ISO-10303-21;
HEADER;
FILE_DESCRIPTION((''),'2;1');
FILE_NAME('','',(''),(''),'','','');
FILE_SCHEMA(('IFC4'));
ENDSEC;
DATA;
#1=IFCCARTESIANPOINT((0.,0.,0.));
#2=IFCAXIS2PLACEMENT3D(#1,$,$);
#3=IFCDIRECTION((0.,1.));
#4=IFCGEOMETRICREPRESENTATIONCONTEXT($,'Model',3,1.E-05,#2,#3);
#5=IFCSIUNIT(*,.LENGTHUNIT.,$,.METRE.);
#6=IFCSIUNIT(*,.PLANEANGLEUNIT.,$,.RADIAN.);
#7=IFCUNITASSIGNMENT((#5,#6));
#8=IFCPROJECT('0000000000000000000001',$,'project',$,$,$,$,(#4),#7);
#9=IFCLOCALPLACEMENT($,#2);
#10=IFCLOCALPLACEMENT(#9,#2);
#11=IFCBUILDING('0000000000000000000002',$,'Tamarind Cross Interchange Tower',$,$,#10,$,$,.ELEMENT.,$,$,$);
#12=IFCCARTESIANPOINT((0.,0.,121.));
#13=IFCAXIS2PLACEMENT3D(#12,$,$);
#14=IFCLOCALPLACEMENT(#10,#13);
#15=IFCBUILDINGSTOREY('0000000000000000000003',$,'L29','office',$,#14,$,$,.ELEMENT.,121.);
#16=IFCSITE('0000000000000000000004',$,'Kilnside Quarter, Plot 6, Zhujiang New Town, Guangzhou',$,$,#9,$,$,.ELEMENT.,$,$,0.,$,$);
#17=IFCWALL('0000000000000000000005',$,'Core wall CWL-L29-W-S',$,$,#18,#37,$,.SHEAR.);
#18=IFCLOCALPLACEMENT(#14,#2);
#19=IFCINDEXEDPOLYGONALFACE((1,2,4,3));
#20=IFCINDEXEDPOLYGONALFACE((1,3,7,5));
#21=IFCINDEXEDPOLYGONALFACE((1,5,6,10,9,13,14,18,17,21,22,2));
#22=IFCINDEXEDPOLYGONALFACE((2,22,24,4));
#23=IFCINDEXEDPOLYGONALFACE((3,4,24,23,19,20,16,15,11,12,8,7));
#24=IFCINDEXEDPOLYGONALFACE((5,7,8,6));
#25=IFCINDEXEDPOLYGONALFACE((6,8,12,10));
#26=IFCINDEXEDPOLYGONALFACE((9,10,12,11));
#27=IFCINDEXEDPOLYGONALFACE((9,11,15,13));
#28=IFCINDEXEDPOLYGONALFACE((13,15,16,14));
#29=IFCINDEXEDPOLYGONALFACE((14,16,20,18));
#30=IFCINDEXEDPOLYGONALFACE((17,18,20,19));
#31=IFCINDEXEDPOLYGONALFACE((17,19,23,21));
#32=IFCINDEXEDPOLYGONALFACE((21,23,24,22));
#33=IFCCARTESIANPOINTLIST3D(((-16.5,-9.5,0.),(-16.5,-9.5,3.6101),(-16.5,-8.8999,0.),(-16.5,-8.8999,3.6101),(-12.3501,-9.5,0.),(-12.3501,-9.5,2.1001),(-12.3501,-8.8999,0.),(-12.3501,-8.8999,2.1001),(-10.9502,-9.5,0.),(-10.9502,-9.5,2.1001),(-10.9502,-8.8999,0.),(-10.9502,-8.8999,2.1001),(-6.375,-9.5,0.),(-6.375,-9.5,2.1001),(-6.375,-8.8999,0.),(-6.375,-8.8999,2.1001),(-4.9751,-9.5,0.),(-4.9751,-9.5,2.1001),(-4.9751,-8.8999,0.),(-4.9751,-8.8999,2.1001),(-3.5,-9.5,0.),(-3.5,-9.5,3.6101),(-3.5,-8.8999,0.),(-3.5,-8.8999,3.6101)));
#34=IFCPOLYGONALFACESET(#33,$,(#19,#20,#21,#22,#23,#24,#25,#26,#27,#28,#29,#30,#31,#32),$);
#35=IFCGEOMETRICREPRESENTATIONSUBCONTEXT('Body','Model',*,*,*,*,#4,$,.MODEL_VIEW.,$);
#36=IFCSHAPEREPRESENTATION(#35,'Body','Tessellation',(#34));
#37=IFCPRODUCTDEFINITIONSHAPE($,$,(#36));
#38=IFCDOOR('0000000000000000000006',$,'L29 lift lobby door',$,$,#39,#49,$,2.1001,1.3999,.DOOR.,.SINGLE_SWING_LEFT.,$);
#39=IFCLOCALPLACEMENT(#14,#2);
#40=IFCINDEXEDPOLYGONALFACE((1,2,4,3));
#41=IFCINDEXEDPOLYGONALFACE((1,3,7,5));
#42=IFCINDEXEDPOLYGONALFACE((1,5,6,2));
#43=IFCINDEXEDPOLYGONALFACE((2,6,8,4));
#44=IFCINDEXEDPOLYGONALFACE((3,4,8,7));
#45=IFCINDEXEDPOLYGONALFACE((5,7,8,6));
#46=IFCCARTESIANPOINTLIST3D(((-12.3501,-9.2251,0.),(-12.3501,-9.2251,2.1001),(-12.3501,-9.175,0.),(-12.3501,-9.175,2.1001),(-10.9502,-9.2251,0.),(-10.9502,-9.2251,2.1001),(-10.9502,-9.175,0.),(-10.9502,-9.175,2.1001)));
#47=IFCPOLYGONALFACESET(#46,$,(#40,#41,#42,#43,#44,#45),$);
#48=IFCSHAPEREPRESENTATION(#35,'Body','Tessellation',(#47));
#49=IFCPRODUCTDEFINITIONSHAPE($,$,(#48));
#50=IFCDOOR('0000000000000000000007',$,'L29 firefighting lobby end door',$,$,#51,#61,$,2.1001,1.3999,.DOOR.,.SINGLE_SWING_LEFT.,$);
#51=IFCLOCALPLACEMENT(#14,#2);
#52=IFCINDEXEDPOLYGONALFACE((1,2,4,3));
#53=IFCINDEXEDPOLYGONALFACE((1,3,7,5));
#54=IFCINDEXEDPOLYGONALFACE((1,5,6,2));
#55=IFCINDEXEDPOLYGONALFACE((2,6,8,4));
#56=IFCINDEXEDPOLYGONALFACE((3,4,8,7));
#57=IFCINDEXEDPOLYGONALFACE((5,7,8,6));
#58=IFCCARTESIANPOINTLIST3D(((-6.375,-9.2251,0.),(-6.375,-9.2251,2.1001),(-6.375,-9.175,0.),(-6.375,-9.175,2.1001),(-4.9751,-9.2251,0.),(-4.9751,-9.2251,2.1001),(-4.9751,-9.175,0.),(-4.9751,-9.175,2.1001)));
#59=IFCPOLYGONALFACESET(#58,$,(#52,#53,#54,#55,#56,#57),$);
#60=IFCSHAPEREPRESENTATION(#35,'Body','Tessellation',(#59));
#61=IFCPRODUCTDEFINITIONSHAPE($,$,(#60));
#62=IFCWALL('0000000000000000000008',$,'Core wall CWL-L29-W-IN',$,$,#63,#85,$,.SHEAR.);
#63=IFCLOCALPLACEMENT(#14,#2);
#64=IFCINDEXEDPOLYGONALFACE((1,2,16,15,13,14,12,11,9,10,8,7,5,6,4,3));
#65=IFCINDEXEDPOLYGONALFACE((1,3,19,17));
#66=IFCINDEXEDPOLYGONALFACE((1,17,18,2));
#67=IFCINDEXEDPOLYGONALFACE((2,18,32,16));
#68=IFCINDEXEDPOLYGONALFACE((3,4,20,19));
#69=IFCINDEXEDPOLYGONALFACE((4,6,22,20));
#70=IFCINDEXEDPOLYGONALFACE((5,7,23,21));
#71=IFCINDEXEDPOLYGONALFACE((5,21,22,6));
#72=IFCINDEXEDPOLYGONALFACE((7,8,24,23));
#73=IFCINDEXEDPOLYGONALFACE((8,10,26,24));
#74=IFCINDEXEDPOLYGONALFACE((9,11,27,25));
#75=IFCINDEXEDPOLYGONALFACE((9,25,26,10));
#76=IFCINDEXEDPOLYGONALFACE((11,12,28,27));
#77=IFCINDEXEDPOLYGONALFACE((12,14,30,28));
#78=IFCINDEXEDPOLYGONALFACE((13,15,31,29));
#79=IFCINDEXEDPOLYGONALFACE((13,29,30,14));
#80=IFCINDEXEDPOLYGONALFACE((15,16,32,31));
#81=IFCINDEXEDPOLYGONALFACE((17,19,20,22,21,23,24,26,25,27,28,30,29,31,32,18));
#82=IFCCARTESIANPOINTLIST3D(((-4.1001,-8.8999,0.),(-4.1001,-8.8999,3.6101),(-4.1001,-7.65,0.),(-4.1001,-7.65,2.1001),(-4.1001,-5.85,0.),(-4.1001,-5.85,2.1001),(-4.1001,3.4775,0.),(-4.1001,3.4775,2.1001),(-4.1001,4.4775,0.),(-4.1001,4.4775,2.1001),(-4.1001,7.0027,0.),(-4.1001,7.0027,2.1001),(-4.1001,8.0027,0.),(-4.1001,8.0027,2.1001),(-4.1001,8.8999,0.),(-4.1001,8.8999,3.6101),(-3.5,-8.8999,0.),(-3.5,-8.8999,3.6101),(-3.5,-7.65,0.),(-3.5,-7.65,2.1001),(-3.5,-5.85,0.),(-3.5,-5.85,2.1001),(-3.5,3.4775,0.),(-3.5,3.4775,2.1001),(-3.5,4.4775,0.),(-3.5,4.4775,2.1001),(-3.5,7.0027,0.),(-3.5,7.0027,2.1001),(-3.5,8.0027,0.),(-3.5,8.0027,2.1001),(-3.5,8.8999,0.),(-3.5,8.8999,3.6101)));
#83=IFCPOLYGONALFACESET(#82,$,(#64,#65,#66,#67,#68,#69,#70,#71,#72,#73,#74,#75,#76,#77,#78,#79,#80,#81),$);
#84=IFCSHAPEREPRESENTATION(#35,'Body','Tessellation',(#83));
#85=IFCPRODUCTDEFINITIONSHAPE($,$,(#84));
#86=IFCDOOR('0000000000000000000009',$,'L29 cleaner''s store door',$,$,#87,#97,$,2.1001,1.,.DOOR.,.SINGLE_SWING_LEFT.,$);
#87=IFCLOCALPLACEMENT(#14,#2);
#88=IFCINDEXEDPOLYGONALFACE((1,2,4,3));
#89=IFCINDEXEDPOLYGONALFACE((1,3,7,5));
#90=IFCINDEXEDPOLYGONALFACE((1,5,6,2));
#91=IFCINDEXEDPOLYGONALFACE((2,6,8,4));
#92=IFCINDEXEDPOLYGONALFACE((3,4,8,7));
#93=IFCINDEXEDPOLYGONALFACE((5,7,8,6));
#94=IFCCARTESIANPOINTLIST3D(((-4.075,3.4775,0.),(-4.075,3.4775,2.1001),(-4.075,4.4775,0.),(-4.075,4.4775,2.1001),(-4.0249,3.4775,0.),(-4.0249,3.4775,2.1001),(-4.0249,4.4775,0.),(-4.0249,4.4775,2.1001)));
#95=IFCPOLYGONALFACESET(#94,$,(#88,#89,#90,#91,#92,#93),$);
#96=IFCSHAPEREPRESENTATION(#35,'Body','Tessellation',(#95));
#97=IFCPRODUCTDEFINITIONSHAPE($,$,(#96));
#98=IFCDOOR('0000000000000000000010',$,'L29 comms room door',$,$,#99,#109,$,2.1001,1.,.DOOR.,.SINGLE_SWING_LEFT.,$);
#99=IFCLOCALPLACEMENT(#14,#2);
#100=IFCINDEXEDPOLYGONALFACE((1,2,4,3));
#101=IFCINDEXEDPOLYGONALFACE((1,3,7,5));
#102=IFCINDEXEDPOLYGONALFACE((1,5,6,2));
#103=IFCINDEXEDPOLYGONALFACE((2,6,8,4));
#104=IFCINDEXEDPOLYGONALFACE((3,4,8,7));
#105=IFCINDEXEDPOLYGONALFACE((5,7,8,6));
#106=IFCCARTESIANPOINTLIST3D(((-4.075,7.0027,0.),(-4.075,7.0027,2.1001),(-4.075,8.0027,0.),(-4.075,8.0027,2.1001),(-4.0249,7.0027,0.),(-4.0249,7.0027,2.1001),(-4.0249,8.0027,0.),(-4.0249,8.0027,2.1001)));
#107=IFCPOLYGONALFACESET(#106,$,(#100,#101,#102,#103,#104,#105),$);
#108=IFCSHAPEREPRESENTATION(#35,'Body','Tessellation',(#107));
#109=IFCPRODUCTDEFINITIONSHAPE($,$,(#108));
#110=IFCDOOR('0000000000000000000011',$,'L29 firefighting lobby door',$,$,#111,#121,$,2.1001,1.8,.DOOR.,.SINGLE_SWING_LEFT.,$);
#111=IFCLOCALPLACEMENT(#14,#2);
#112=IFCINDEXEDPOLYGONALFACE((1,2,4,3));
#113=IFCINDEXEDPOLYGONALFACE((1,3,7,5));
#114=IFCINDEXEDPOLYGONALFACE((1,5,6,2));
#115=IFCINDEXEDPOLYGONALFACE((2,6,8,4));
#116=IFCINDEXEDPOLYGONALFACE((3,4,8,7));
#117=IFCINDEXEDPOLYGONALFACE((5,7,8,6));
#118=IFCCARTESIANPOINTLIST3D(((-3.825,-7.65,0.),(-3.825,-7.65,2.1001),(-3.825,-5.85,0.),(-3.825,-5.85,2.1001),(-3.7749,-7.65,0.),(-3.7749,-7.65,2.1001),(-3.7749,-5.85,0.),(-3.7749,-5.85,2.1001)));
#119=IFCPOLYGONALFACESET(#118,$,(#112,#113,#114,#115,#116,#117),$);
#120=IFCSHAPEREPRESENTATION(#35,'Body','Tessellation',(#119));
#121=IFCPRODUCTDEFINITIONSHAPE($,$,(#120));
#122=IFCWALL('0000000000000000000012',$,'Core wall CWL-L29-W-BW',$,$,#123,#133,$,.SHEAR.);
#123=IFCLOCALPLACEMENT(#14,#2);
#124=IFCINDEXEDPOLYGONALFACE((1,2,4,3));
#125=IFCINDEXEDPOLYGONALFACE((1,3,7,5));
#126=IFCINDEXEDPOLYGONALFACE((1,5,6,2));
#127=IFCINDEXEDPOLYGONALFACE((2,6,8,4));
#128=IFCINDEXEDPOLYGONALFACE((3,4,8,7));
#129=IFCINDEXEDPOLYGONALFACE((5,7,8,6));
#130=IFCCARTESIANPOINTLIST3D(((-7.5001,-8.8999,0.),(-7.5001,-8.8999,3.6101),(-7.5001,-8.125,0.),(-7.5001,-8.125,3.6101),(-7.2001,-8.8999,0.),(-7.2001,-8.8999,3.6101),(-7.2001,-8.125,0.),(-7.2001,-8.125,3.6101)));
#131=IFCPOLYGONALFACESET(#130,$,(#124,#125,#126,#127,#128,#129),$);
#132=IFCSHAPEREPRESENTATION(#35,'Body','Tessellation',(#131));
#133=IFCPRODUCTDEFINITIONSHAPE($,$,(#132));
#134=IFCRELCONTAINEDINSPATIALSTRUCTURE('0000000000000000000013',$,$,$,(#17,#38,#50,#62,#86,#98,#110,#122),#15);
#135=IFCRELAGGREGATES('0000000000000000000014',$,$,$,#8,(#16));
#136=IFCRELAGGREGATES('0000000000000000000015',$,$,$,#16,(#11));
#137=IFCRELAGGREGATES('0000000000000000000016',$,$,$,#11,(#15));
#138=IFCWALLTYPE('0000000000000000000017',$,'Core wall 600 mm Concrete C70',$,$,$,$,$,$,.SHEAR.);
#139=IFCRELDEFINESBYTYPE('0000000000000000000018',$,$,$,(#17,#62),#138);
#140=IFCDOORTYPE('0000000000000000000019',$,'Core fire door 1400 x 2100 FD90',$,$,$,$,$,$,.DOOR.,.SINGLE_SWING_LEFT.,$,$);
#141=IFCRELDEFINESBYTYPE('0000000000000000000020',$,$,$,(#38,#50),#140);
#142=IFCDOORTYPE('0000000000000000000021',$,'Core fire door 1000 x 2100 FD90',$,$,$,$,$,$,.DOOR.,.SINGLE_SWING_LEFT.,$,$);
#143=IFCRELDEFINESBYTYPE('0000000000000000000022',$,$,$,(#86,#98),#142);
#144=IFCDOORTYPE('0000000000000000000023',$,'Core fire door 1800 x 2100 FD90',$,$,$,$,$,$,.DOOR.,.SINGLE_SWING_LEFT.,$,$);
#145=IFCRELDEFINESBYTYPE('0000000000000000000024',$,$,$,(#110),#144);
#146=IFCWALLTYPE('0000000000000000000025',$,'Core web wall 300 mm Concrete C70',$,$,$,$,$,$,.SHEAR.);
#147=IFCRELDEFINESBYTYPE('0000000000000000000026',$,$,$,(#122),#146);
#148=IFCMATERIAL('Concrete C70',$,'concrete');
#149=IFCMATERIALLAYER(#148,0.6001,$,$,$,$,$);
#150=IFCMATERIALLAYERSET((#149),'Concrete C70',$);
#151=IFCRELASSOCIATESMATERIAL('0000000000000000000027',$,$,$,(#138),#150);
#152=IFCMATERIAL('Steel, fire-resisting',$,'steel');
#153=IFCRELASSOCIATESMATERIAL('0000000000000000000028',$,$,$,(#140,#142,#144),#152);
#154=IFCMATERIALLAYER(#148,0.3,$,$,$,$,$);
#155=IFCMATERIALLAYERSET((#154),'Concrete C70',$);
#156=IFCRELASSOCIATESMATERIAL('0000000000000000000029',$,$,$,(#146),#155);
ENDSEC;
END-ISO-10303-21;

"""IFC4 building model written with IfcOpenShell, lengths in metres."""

from ifc_helpers import new_model, si_unit, direction, frame, frame_2d, origin, place, context, subcontext, project, spatial, rectangle, extrude, material, layer, layer_set, type_object, element, fill, save


model = new_model("IFC4")

# Units and contexts
model_context = context("Model", 3, precision=1e-05, world=origin(), true_north=direction((0.0, 1.0)))
body_context = subcontext(model_context, "Body", "Model", "MODEL_VIEW")
ifc_project = project(units=[si_unit("LENGTHUNIT", "METRE"), si_unit("PLANEANGLEUNIT", "RADIAN")], contexts=[model_context])

# Site, building, storey
site_placement = place(None, origin())
site = spatial("IfcSite", under=ifc_project, at=site_placement, Name="Kilnside Quarter, Plot 6, Zhujiang New Town, Guangzhou", CompositionType="ELEMENT", RefElevation=0.0)
building_placement = place(site_placement, origin())
building = spatial("IfcBuilding", under=site, at=building_placement, Name="Tamarind Cross Interchange Tower", CompositionType="ELEMENT")
storey_placement = place(building_placement, frame((0.0, 0.0, 121.0)))
storey = spatial("IfcBuildingStorey", under=building, at=storey_placement, Name="L29", Description="office", CompositionType="ELEMENT", Elevation=121.0)

# Walls, openings, doors
ifc_material_1 = material(Name="Concrete C70", Category="concrete")
ifc_layer_1 = layer(ifc_material_1, 0.6001)
ifc_layer_set_1 = layer_set([ifc_layer_1], Name="Concrete C70")
wall_type_1 = type_object("IfcWallType", Name="Core wall 600 mm Concrete C70", PredefinedType="SHEAR", material=ifc_layer_set_1)
wall_1_placement = place(storey_placement, frame((-16.5, -9.2, 0.0), z_axis=(0.0, 0.0, 1.0), x_axis=(1.0, 0.0, 0.0)))
wall_1 = element("IfcWall", 1, at=wall_1_placement, inside=storey, type_object=wall_type_1, Name="Core wall CWL-L29-W-S", PredefinedType="SHEAR", context=body_context, shape_type="SweptSolid", body=[
    extrude(rectangle(XDim=13.0, YDim=0.6001, at=frame_2d((6.5, 0.0))), origin(), (0.0, 0.0, 1.0), 3.6101),
])
opening_1_placement = place(wall_1_placement, frame((4.1499, 0.0, 0.0)))
opening_1 = element("IfcOpeningElement", 2, at=opening_1_placement, cuts=wall_1, PredefinedType="OPENING", context=body_context, shape_type="SweptSolid", body=[
    extrude(rectangle(XDim=1.3999, YDim=2.1001, at=frame_2d((0.7, 1.05))), frame((0.0, 0.3101, 0.0), z_axis=(0.0, -1.0, 0.0), x_axis=(1.0, 0.0, 0.0)), (0.0, 0.0, 1.0), 0.6201),
])
opening_2_placement = place(wall_1_placement, frame((10.125, 0.0, 0.0)))
opening_2 = element("IfcOpeningElement", 3, at=opening_2_placement, cuts=wall_1, PredefinedType="OPENING", context=body_context, shape_type="SweptSolid", body=[
    extrude(rectangle(XDim=1.3999, YDim=2.1001, at=frame_2d((0.7, 1.05))), frame((0.0, 0.3101, 0.0), z_axis=(0.0, -1.0, 0.0), x_axis=(1.0, 0.0, 0.0)), (0.0, 0.0, 1.0), 0.6201),
])
ifc_material_2 = material(Name="Steel, fire-resisting", Category="steel")
door_type_1 = type_object("IfcDoorType", Name="Core fire door 1400 x 2100 FD90", OperationType="SINGLE_SWING_LEFT", PredefinedType="DOOR", material=ifc_material_2)
door_1_placement = place(opening_1_placement, origin())
door_1 = element("IfcDoor", 4, at=door_1_placement, inside=storey, type_object=door_type_1, Name="L29 lift lobby door", OperationType="SINGLE_SWING_LEFT", OverallHeight=2.1001, OverallWidth=1.3999, PredefinedType="DOOR", context=body_context, shape_type="SweptSolid", body=[
    extrude(rectangle(XDim=1.3999, YDim=2.1001, at=frame_2d((0.7, 1.05))), frame((0.0, 0.0249, 0.0), z_axis=(0.0, -1.0, 0.0), x_axis=(1.0, 0.0, 0.0)), (0.0, 0.0, 1.0), 0.05),
])
fill(opening_1, door_1)
door_2_placement = place(opening_2_placement, origin())
door_2 = element("IfcDoor", 5, at=door_2_placement, inside=storey, type_object=door_type_1, Name="L29 firefighting lobby end door", OperationType="SINGLE_SWING_LEFT", OverallHeight=2.1001, OverallWidth=1.3999, PredefinedType="DOOR", context=body_context, shape_type="SweptSolid", body=[
    extrude(rectangle(XDim=1.3999, YDim=2.1001, at=frame_2d((0.7, 1.05))), frame((0.0, 0.0249, 0.0), z_axis=(0.0, -1.0, 0.0), x_axis=(1.0, 0.0, 0.0)), (0.0, 0.0, 1.0), 0.05),
])
fill(opening_2, door_2)
wall_2_placement = place(storey_placement, frame((-3.8, -8.8999, 0.0), z_axis=(0.0, 0.0, 1.0), x_axis=(0.0, 1.0, 0.0)))
wall_2 = element("IfcWall", 6, at=wall_2_placement, inside=storey, type_object=wall_type_1, Name="Core wall CWL-L29-W-IN", PredefinedType="SHEAR", context=body_context, shape_type="SweptSolid", body=[
    extrude(rectangle(XDim=17.7998, YDim=0.6001, at=frame_2d((8.8999, 0.0))), origin(), (0.0, 0.0, 1.0), 3.6101),
])
opening_3_placement = place(wall_2_placement, frame((1.25, 0.0, 0.0)))
opening_3 = element("IfcOpeningElement", 7, at=opening_3_placement, cuts=wall_2, PredefinedType="OPENING", context=body_context, shape_type="SweptSolid", body=[
    extrude(rectangle(XDim=1.8, YDim=2.1001, at=frame_2d((0.8999, 1.05))), frame((0.0, 0.3101, 0.0), z_axis=(0.0, -1.0, 0.0), x_axis=(1.0, 0.0, 0.0)), (0.0, 0.0, 1.0), 0.6201),
])
opening_4_placement = place(wall_2_placement, frame((12.3774, 0.0, 0.0)))
opening_4 = element("IfcOpeningElement", 8, at=opening_4_placement, cuts=wall_2, PredefinedType="OPENING", context=body_context, shape_type="SweptSolid", body=[
    extrude(rectangle(XDim=1.0, YDim=2.1001, at=frame_2d((0.5, 1.05))), frame((0.0, 0.3101, 0.0), z_axis=(0.0, -1.0, 0.0), x_axis=(1.0, 0.0, 0.0)), (0.0, 0.0, 1.0), 0.6201),
])
opening_5_placement = place(wall_2_placement, frame((15.9026, 0.0, 0.0)))
opening_5 = element("IfcOpeningElement", 9, at=opening_5_placement, cuts=wall_2, PredefinedType="OPENING", context=body_context, shape_type="SweptSolid", body=[
    extrude(rectangle(XDim=1.0, YDim=2.1001, at=frame_2d((0.5, 1.05))), frame((0.0, 0.3101, 0.0), z_axis=(0.0, -1.0, 0.0), x_axis=(1.0, 0.0, 0.0)), (0.0, 0.0, 1.0), 0.6201),
])
door_type_2 = type_object("IfcDoorType", Name="Core fire door 1000 x 2100 FD90", OperationType="SINGLE_SWING_LEFT", PredefinedType="DOOR", material=ifc_material_2)
door_3_placement = place(opening_4_placement, origin())
door_3 = element("IfcDoor", 10, at=door_3_placement, inside=storey, type_object=door_type_2, Name="L29 cleaner's store door", OperationType="SINGLE_SWING_LEFT", OverallHeight=2.1001, OverallWidth=1.0, PredefinedType="DOOR", context=body_context, shape_type="SweptSolid", body=[
    extrude(rectangle(XDim=1.0, YDim=2.1001, at=frame_2d((0.5, 1.05))), frame((0.0, 0.2749, 0.0), z_axis=(0.0, -1.0, 0.0), x_axis=(1.0, 0.0, 0.0)), (0.0, 0.0, 1.0), 0.05),
])
fill(opening_4, door_3)
door_4_placement = place(opening_5_placement, origin())
door_4 = element("IfcDoor", 11, at=door_4_placement, inside=storey, type_object=door_type_2, Name="L29 comms room door", OperationType="SINGLE_SWING_LEFT", OverallHeight=2.1001, OverallWidth=1.0, PredefinedType="DOOR", context=body_context, shape_type="SweptSolid", body=[
    extrude(rectangle(XDim=1.0, YDim=2.1001, at=frame_2d((0.5, 1.05))), frame((0.0, 0.2749, 0.0), z_axis=(0.0, -1.0, 0.0), x_axis=(1.0, 0.0, 0.0)), (0.0, 0.0, 1.0), 0.05),
])
fill(opening_5, door_4)
door_type_3 = type_object("IfcDoorType", Name="Core fire door 1800 x 2100 FD90", OperationType="SINGLE_SWING_LEFT", PredefinedType="DOOR", material=ifc_material_2)
door_5_placement = place(opening_3_placement, origin())
door_5 = element("IfcDoor", 12, at=door_5_placement, inside=storey, type_object=door_type_3, Name="L29 firefighting lobby door", OperationType="SINGLE_SWING_LEFT", OverallHeight=2.1001, OverallWidth=1.8, PredefinedType="DOOR", context=body_context, shape_type="SweptSolid", body=[
    extrude(rectangle(XDim=1.8, YDim=2.1001, at=frame_2d((0.8999, 1.05))), frame((0.0, 0.0249, 0.0), z_axis=(0.0, -1.0, 0.0), x_axis=(1.0, 0.0, 0.0)), (0.0, 0.0, 1.0), 0.05),
])
fill(opening_3, door_5)

# Wall
ifc_layer_2 = layer(ifc_material_1, 0.3)
ifc_layer_set_2 = layer_set([ifc_layer_2], Name="Concrete C70")
wall_type_2 = type_object("IfcWallType", Name="Core web wall 300 mm Concrete C70", PredefinedType="SHEAR", material=ifc_layer_set_2)
wall_3_placement = place(storey_placement, frame((-7.3501, -8.8999, 0.0), z_axis=(0.0, 0.0, 1.0), x_axis=(0.0, 1.0, 0.0)))
element("IfcWall", 13, at=wall_3_placement, inside=storey, type_object=wall_type_2, Name="Core wall CWL-L29-W-BW", PredefinedType="SHEAR", context=body_context, shape_type="SweptSolid", body=[
    extrude(rectangle(XDim=0.7749, YDim=0.3, at=frame_2d((0.3875, 0.0))), origin(), (0.0, 0.0, 1.0), 3.6101),
])

save(model, "model.ifc")
